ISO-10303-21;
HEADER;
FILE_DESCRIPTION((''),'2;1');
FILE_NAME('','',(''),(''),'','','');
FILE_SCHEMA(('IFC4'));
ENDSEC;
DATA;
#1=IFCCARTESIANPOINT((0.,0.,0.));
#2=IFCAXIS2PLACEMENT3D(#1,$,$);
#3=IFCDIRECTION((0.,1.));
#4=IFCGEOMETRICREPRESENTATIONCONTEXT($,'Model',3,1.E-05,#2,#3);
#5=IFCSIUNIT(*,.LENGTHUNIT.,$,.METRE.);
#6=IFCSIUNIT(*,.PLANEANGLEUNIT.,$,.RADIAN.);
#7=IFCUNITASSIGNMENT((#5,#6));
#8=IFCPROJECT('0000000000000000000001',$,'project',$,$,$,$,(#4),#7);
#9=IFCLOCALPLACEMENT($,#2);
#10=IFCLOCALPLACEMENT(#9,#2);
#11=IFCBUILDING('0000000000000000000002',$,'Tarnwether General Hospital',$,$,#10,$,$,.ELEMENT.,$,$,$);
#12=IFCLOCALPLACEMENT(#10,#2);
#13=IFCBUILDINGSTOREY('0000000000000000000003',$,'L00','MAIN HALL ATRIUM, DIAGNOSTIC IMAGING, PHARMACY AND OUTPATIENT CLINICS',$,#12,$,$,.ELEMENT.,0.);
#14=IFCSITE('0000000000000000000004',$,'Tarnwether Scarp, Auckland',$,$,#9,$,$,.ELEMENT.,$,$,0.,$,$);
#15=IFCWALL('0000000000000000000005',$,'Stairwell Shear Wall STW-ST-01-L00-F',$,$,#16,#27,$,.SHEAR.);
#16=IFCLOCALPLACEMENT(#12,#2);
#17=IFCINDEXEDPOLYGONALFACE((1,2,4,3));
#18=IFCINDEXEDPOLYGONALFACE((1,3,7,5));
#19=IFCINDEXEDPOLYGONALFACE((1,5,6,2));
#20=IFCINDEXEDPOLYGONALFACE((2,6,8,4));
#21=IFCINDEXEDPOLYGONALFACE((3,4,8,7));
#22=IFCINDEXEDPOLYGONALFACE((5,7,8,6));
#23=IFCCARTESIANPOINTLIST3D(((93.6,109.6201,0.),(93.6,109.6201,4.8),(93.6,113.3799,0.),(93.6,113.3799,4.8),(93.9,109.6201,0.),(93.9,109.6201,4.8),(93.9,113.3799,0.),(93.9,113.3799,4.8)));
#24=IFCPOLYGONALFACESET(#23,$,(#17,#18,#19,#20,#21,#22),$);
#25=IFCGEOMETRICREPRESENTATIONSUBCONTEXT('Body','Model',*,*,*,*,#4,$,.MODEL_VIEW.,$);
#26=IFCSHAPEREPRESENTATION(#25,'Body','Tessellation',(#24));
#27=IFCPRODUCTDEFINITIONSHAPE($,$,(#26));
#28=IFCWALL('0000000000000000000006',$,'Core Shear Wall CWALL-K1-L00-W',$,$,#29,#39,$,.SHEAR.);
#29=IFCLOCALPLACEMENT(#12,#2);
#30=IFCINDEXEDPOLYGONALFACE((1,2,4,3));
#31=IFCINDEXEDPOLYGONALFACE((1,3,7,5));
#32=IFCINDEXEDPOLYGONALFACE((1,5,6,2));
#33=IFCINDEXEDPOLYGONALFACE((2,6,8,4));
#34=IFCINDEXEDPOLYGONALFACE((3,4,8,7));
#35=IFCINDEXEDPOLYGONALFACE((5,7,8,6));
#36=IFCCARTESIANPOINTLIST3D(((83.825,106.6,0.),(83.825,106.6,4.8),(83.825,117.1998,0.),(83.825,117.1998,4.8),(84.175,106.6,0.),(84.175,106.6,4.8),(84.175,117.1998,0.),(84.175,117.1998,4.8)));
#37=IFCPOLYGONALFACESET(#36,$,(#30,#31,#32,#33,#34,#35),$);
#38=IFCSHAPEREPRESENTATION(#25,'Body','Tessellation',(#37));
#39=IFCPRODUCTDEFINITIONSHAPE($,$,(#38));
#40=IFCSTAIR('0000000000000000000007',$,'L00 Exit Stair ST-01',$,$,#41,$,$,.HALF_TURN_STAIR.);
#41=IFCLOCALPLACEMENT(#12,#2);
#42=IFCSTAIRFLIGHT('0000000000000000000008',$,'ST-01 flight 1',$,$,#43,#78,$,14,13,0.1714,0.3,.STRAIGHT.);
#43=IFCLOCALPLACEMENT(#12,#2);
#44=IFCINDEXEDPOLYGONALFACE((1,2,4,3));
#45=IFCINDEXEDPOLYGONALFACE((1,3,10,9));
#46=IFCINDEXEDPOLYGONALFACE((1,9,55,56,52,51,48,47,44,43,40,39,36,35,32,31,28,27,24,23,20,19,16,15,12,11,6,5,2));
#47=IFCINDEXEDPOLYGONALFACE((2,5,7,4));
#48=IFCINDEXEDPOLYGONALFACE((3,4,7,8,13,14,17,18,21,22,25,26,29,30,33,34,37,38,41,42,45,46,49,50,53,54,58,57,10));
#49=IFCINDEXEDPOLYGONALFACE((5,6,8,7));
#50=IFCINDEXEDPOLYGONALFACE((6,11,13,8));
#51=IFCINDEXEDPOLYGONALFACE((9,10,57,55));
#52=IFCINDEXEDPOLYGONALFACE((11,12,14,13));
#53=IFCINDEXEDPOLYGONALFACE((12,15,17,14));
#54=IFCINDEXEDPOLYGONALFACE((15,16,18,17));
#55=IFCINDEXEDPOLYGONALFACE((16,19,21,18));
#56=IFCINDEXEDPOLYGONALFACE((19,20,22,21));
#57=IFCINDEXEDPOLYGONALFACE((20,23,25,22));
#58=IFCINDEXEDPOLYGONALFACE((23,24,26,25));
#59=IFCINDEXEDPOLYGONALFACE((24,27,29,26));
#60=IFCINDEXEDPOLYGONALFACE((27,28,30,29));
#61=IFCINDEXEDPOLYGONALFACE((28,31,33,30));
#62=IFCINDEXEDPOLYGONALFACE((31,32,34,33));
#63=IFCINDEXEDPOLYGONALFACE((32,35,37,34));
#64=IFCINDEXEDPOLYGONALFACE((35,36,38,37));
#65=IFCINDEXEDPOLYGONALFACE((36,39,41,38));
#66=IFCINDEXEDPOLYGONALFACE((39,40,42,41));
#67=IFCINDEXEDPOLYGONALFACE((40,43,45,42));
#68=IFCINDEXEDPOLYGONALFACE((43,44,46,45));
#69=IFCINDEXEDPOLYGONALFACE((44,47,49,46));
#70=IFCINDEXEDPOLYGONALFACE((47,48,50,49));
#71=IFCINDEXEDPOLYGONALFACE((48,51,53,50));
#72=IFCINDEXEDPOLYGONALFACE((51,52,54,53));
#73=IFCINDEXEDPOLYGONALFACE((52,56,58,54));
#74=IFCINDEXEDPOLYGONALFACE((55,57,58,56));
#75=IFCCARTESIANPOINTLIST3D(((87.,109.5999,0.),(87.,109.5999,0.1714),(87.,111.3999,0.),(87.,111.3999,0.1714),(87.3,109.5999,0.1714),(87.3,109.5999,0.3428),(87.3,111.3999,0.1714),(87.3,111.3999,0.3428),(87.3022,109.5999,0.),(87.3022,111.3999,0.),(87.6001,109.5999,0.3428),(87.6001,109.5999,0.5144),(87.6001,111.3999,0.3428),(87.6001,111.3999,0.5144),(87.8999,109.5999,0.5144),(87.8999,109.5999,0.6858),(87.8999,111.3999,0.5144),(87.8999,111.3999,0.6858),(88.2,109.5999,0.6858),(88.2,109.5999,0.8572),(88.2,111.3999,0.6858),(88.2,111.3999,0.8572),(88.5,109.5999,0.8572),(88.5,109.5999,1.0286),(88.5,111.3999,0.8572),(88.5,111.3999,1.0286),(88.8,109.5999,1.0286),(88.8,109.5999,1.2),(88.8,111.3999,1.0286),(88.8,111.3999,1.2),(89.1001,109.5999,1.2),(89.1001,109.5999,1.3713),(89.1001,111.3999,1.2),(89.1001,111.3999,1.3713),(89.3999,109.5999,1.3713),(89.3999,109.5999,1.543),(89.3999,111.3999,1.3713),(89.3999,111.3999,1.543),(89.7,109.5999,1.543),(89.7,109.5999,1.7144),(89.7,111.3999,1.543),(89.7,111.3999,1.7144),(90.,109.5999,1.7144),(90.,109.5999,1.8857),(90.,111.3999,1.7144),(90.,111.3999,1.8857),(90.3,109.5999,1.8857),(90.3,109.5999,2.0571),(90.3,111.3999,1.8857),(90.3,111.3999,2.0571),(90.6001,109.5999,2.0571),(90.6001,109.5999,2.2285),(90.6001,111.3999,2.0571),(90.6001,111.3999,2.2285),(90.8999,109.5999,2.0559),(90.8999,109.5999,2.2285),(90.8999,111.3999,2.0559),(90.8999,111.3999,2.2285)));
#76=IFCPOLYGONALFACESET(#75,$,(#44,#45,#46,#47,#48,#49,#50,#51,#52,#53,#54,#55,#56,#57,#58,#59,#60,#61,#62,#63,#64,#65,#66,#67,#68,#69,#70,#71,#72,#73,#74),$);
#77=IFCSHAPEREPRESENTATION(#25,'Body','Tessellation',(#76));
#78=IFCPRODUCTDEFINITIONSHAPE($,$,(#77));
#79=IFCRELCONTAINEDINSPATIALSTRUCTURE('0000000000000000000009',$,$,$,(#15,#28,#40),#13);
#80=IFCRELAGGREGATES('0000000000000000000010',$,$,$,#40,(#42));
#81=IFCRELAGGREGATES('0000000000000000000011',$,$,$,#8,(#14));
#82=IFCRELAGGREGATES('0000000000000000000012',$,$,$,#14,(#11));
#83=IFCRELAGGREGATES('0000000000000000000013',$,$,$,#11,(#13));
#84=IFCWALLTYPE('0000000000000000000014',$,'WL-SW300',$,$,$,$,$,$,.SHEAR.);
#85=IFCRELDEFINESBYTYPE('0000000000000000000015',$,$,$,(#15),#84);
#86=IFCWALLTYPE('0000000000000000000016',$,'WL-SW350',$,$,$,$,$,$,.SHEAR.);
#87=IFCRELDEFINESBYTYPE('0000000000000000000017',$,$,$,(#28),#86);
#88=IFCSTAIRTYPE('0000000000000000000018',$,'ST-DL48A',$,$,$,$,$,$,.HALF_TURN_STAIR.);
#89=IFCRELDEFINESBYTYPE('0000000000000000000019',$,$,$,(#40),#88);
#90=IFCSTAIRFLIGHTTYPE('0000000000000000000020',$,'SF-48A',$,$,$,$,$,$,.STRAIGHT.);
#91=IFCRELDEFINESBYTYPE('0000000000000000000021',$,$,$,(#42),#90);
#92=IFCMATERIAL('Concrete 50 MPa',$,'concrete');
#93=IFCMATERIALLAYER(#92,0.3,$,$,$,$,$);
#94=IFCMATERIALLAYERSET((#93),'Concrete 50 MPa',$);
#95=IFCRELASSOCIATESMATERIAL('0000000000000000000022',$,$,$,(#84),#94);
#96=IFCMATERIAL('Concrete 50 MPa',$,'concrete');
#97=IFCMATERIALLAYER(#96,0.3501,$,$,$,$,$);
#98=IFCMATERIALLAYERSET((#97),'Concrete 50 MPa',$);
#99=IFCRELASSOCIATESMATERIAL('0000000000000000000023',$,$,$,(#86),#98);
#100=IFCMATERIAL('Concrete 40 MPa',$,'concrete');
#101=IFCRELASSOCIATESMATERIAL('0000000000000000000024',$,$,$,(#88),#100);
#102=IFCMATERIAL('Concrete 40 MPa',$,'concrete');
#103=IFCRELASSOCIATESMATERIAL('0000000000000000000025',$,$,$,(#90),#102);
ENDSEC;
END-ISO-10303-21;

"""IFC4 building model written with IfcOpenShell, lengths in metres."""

from ifc_helpers import new_model, si_unit, direction, frame, frame_2d, origin, place, context, subcontext, project, spatial, polyline, rectangle, outline, extrude, material, layer, layer_set, type_object, element, aggregate, save


model = new_model("IFC4")

# Units and contexts
model_context = context("Model", 3, precision=1e-05, world=origin(), true_north=direction((0.0, 1.0)))
body_context = subcontext(model_context, "Body", "Model", "MODEL_VIEW")
ifc_project = project(units=[si_unit("LENGTHUNIT", "METRE"), si_unit("PLANEANGLEUNIT", "RADIAN")], contexts=[model_context])

# Site, building, storey
site_placement = place(None, origin())
site = spatial("IfcSite", under=ifc_project, at=site_placement, Name="Tarnwether Scarp, Auckland", CompositionType="ELEMENT", RefElevation=0.0)
building_placement = place(site_placement, origin())
building = spatial("IfcBuilding", under=site, at=building_placement, Name="Tarnwether General Hospital", CompositionType="ELEMENT")
storey_placement = place(building_placement, origin())
storey = spatial("IfcBuildingStorey", under=building, at=storey_placement, Name="L00", Description="MAIN HALL ATRIUM, DIAGNOSTIC IMAGING, PHARMACY AND OUTPATIENT CLINICS", CompositionType="ELEMENT", Elevation=0.0)

# Shared definitions
ifc_material_1 = material(Name="Concrete 50 MPa", Category="concrete")
ifc_layer_1 = layer(ifc_material_1, 0.3)
ifc_layer_set_1 = layer_set([ifc_layer_1], Name="Concrete 50 MPa")
wall_type_1 = type_object("IfcWallType", Name="WL-SW300", PredefinedType="SHEAR", material=ifc_layer_set_1)

# Walls
for number, where, z_axis, x_axis, name in (
    (1, (93.75, 109.6201, 0.0), (0.0, 0.0, 1.0), (0.0, 1.0, 0.0), "Stairwell Shear Wall STW-ST-01-L00-F"),
):
    element("IfcWall", number, at=place(storey_placement, frame(where, z_axis=z_axis, x_axis=x_axis)), inside=storey, type_object=wall_type_1, Name=name, PredefinedType="SHEAR", context=body_context, shape_type="SweptSolid", body=[
        extrude(rectangle(XDim=3.7598, YDim=0.3, at=frame_2d((1.8799, 0.0))), origin(), (0.0, 0.0, 1.0), 4.8),
    ])
ifc_material_2 = material(Name="Concrete 50 MPa", Category="concrete")
ifc_layer_2 = layer(ifc_material_2, 0.3501)
ifc_layer_set_2 = layer_set([ifc_layer_2], Name="Concrete 50 MPa")
wall_type_2 = type_object("IfcWallType", Name="WL-SW350", PredefinedType="SHEAR", material=ifc_layer_set_2)
wall_1_placement = place(storey_placement, frame((84.0, 106.6001, 0.0), z_axis=(0.0, 0.0, 1.0), x_axis=(0.0, 1.0, 0.0)))
element("IfcWall", 2, at=wall_1_placement, inside=storey, type_object=wall_type_2, Name="Core Shear Wall CWALL-K1-L00-W", PredefinedType="SHEAR", context=body_context, shape_type="SweptSolid", body=[
    extrude(rectangle(XDim=10.5999, YDim=0.3501, at=frame_2d((5.2998, 0.0))), origin(), (0.0, 0.0, 1.0), 4.8),
])

# Stair, stair flight
ifc_material_3 = material(Name="Concrete 40 MPa", Category="concrete")
stair_type = type_object("IfcStairType", Name="ST-DL48A", PredefinedType="HALF_TURN_STAIR", material=ifc_material_3)
stair_placement = place(storey_placement, origin())
stair = element("IfcStair", 3, at=stair_placement, inside=storey, type_object=stair_type, Name="L00 Exit Stair ST-01", PredefinedType="HALF_TURN_STAIR")
ifc_material_4 = material(Name="Concrete 40 MPa", Category="concrete")
stair_flight_type = type_object("IfcStairFlightType", Name="SF-48A", PredefinedType="STRAIGHT", material=ifc_material_4)
stair_flight_placement = place(storey_placement, frame((87.0, 110.5, 0.0), z_axis=(0.0, 0.0, 1.0), x_axis=(1.0, 0.0, 0.0)))
stair_flight = element("IfcStairFlight", 4, at=stair_flight_placement, type_object=stair_flight_type, Name="ST-01 flight 1", NumberOfRisers=14, NumberOfTreads=13, PredefinedType="STRAIGHT", RiserHeight=0.1714, TreadLength=0.3, context=body_context, shape_type="SweptSolid", body=[
    extrude(outline(polyline([(0.0, 0.0), (0.0, 0.1714), (0.3, 0.1714), (0.3, 0.3428), (0.6001, 0.3428), (0.6001, 0.5144), (0.8999, 0.5144), (0.8999, 0.6858), (1.2, 0.6858), (1.2, 0.8572), (1.5, 0.8572), (1.5, 1.0286), (1.8, 1.0286), (1.8, 1.2), (2.1001, 1.2), (2.1001, 1.3713), (2.3999, 1.3713), (2.3999, 1.543), (2.7, 1.543), (2.7, 1.7144), (3.0, 1.7144), (3.0, 1.8857), (3.3, 1.8857), (3.3, 2.0571), (3.6001, 2.0571), (3.6001, 2.2285), (3.8999, 2.2285), (3.8999, 2.3999), (3.8999, 2.0559), (0.3022, 0.0), (0.0, 0.0)])), frame((0.0, 0.8999, 0.0), z_axis=(0.0, -1.0, 0.0), x_axis=(1.0, 0.0, 0.0)), (0.0, 0.0, 1.0), 1.8),
])
aggregate(stair, [stair_flight])

save(model, "model.ifc")
